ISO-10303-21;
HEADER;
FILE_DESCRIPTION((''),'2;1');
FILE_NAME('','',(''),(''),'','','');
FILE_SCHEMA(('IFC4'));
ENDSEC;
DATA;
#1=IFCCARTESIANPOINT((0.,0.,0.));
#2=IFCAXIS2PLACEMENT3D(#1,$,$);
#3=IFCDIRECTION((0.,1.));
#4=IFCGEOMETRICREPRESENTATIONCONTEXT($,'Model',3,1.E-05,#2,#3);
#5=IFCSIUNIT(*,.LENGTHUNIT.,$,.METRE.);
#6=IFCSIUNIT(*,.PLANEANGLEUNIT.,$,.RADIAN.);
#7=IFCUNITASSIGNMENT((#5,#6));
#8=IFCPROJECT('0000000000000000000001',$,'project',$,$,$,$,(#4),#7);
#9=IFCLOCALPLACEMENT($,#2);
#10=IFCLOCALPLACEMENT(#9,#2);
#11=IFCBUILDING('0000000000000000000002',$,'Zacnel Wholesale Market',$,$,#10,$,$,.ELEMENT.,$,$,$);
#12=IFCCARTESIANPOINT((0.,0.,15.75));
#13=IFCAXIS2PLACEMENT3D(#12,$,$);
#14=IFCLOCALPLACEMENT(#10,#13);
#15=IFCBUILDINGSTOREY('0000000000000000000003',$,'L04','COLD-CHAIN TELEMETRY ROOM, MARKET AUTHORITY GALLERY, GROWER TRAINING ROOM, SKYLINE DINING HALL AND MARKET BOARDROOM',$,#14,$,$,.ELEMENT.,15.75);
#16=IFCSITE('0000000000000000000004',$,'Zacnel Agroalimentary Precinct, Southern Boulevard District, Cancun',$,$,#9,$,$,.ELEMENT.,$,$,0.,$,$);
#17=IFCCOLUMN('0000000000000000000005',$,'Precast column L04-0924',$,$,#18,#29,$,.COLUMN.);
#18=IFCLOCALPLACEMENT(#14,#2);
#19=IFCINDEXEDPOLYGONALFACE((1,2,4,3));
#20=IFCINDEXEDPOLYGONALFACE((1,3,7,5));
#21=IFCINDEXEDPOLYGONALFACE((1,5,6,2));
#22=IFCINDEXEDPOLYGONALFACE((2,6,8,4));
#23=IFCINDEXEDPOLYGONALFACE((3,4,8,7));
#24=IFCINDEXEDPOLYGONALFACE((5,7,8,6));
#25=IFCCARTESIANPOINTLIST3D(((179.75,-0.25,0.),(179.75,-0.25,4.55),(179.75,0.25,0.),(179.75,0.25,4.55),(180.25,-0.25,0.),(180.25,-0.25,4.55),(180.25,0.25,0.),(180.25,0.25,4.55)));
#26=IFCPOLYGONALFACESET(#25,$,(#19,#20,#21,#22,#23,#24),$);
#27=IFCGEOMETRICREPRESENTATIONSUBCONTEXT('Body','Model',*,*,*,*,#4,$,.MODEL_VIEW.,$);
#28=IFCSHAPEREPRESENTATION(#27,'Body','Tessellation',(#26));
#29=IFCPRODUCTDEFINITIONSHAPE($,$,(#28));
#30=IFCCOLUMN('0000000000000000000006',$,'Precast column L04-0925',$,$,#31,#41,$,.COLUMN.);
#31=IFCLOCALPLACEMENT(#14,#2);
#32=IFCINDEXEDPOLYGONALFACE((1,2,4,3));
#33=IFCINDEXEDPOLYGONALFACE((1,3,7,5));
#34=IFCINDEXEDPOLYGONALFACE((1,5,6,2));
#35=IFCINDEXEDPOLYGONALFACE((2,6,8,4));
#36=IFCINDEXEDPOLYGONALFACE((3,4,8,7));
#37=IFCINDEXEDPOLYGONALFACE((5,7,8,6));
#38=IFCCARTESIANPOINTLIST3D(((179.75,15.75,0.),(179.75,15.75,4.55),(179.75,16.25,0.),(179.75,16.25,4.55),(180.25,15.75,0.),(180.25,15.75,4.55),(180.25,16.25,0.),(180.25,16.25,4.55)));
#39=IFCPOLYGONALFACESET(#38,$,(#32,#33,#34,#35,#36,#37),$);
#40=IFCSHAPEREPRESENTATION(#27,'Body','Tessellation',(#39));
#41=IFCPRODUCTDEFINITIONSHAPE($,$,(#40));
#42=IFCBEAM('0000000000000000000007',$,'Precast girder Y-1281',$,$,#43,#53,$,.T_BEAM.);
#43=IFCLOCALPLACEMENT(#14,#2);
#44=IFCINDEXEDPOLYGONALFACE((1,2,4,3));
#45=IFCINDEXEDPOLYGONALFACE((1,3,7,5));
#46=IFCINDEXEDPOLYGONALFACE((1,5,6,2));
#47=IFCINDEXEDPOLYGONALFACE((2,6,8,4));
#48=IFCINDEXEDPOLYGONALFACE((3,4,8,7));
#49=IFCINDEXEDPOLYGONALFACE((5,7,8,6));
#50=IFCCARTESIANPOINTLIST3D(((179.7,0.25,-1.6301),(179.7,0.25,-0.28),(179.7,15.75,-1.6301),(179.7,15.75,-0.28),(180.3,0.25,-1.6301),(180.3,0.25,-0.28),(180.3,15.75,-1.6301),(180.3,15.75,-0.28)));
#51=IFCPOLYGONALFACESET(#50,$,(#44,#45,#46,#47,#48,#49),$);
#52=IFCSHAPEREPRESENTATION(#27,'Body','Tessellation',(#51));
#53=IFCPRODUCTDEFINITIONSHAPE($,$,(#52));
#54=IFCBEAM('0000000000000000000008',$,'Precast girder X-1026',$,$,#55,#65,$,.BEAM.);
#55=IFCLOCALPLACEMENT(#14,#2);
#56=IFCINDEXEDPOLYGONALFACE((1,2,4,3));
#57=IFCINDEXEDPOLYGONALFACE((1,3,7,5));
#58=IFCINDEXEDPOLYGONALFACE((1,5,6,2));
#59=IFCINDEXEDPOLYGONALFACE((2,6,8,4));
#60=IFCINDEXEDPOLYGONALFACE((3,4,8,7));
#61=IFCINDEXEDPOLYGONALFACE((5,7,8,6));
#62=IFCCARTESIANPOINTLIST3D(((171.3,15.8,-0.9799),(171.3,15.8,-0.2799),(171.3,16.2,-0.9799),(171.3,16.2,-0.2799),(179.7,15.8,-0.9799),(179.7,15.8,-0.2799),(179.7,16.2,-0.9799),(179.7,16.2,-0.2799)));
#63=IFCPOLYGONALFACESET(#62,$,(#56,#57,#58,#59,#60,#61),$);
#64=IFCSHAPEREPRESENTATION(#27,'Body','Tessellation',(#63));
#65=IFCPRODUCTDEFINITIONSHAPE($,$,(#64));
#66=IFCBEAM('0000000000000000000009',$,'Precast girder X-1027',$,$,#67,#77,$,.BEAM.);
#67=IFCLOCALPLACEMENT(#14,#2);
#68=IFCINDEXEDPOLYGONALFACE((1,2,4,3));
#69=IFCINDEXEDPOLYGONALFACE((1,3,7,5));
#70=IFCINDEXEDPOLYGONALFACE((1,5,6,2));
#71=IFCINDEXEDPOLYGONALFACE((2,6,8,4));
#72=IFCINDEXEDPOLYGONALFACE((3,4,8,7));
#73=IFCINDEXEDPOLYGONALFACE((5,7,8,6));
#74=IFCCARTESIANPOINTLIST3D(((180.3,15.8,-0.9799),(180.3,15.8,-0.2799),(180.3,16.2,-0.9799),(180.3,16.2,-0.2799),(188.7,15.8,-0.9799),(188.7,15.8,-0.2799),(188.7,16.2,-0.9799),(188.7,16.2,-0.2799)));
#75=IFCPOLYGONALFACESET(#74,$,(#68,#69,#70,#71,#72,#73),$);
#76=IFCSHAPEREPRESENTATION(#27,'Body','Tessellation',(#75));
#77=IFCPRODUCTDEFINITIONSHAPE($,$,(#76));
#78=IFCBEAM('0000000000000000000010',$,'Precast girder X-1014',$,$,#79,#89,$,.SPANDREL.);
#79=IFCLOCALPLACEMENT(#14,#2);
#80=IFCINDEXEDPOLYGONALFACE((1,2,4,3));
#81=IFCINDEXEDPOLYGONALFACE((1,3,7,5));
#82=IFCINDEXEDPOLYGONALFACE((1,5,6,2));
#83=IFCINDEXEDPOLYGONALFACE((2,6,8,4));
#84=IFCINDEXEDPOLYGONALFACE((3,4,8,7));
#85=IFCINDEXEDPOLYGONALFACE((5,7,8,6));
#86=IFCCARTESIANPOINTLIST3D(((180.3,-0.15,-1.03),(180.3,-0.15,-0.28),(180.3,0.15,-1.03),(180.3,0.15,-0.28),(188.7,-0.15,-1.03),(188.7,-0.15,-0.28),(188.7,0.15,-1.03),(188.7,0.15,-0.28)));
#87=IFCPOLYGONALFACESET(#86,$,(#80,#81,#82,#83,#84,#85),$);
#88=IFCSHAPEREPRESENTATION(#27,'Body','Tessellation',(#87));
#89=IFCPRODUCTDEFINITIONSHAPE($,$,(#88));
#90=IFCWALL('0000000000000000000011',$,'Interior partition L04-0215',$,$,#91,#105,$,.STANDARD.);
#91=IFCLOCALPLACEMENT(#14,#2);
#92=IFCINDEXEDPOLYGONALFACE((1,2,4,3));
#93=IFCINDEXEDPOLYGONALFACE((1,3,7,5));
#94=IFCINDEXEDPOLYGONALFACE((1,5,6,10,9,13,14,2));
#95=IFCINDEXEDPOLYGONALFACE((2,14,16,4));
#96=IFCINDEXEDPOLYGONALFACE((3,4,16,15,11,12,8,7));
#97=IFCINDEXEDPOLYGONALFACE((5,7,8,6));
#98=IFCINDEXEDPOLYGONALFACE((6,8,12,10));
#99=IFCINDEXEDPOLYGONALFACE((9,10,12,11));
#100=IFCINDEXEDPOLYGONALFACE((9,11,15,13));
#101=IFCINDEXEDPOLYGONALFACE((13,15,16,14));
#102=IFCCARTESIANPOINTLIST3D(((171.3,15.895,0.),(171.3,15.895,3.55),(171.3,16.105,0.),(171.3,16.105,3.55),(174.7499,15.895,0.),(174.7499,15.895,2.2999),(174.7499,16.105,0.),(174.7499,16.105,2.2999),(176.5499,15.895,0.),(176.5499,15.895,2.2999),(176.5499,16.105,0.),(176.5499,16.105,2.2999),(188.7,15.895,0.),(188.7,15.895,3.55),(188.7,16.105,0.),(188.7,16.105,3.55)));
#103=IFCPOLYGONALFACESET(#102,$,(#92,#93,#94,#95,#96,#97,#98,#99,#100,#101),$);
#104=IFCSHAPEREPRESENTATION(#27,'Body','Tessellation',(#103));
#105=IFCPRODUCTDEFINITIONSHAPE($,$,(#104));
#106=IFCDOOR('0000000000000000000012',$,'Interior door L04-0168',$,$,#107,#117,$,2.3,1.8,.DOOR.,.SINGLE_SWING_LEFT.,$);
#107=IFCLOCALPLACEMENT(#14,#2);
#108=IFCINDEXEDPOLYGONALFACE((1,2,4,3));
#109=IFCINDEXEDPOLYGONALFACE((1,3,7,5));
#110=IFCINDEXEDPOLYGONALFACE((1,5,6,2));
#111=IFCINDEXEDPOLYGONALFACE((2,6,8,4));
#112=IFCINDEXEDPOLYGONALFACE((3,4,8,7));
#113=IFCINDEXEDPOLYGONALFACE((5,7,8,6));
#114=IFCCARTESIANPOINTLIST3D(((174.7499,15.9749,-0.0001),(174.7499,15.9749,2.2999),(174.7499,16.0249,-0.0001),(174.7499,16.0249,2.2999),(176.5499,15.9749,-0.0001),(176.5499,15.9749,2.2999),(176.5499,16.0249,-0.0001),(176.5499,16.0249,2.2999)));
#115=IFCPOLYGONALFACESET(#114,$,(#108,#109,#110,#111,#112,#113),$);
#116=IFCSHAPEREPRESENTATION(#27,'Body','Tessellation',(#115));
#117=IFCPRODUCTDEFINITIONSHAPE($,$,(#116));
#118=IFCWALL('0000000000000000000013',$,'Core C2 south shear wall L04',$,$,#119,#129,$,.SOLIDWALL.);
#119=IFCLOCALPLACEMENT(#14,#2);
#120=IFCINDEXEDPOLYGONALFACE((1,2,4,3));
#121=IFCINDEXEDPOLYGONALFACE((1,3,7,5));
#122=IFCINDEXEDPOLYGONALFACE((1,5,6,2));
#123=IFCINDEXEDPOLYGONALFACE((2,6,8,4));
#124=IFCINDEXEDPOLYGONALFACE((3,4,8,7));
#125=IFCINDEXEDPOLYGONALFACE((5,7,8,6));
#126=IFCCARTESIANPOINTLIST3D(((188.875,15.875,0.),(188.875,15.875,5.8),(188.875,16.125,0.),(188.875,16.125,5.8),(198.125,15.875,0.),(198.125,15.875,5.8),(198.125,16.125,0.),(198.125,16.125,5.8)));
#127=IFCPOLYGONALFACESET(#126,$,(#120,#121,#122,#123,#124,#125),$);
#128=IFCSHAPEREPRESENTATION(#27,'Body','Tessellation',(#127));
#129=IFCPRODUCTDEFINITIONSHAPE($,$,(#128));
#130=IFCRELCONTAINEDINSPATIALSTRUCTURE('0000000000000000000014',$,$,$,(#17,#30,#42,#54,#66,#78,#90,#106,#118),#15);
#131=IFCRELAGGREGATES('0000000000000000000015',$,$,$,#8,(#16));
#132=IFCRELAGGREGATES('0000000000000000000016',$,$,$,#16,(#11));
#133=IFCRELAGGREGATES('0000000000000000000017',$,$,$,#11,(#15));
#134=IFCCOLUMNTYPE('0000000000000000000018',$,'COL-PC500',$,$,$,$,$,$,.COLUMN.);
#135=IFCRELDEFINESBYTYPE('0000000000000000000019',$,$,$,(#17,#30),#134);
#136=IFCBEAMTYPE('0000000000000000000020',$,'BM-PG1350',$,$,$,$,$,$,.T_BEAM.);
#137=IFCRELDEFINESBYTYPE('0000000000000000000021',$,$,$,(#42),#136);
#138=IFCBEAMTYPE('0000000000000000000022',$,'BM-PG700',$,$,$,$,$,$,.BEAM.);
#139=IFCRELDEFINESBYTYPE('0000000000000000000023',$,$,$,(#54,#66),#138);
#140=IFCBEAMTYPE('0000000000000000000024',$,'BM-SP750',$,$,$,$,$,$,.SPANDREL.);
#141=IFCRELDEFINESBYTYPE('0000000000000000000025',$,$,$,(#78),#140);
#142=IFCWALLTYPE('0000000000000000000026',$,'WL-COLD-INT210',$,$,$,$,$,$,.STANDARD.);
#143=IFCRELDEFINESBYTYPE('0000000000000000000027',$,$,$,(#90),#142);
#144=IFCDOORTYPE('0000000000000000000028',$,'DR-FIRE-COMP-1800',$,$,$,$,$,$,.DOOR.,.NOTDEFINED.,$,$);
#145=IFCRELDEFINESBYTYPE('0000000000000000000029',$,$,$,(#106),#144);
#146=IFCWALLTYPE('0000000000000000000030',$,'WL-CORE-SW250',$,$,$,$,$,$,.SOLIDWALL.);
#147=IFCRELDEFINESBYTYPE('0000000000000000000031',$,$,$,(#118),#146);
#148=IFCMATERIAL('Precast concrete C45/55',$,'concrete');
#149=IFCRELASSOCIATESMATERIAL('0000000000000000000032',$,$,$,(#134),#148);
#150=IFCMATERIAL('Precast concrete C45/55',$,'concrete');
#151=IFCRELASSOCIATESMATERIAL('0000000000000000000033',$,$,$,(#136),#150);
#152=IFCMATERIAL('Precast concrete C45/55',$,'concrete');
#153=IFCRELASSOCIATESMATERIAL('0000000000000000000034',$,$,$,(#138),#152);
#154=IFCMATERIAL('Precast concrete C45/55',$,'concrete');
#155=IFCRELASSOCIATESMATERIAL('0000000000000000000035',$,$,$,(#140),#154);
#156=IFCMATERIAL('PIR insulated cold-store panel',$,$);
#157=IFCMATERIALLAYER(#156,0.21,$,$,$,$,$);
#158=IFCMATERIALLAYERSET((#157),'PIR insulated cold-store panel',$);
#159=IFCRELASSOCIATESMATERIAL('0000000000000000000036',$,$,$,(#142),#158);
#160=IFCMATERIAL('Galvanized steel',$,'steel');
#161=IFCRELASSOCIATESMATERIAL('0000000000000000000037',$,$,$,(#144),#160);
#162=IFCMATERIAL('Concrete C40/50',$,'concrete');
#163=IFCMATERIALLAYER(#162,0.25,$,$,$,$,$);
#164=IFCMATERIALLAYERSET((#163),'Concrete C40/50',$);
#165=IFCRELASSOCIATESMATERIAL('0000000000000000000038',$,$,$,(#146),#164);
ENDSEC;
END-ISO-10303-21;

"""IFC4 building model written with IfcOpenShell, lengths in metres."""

from ifc_helpers import new_model, si_unit, direction, frame, frame_2d, origin, origin_2d, place, context, subcontext, project, spatial, rectangle, extrude, material, layer, layer_set, material_profile, profile_set, type_object, element, fill, save


model = new_model("IFC4")

# Units and contexts
model_context = context("Model", 3, precision=1e-05, world=origin(), true_north=direction((0.0, 1.0)))
body_context = subcontext(model_context, "Body", "Model", "MODEL_VIEW")
ifc_project = project(units=[si_unit("LENGTHUNIT", "METRE"), si_unit("PLANEANGLEUNIT", "RADIAN")], contexts=[model_context])

# Site, building, storey
site_placement = place(None, origin())
site = spatial("IfcSite", under=ifc_project, at=site_placement, Name="Zacnel Agroalimentary Precinct, Southern Boulevard District, Cancun", CompositionType="ELEMENT", RefElevation=0.0)
building_placement = place(site_placement, origin())
building = spatial("IfcBuilding", under=site, at=building_placement, Name="Zacnel Wholesale Market", CompositionType="ELEMENT")
storey_placement = place(building_placement, frame((0.0, 0.0, 15.75)))
storey = spatial("IfcBuildingStorey", under=building, at=storey_placement, Name="L04", Description="COLD-CHAIN TELEMETRY ROOM, MARKET AUTHORITY GALLERY, GROWER TRAINING ROOM, SKYLINE DINING HALL AND MARKET BOARDROOM", CompositionType="ELEMENT", Elevation=15.75)

# Columns
ifc_material_1 = material(Name="Precast concrete C45/55", Category="concrete")
ifc_material_profile_1 = material_profile(ifc_material_1, rectangle(XDim=0.5, YDim=0.5, at=origin_2d()), Name="PC 500x500")
ifc_profile_set_1 = profile_set([ifc_material_profile_1], Name="Precast concrete C45/55")
column_type = type_object("IfcColumnType", Name="COL-PC500", PredefinedType="COLUMN", material=ifc_profile_set_1)
for number, where, z_axis, x_axis, name in (
    (1, (180.0, 0.0, 0.0), (0.0, 0.0, 1.0), (1.0, 0.0, 0.0), "Precast column L04-0924"),
    (2, (180.0, 16.0, 0.0), (0.0, 0.0, 1.0), (1.0, 0.0, 0.0), "Precast column L04-0925"),
):
    element("IfcColumn", number, at=place(storey_placement, frame(where, z_axis=z_axis, x_axis=x_axis)), inside=storey, type_object=column_type, Name=name, PredefinedType="COLUMN", context=body_context, shape_type="SweptSolid", body=[
        extrude(rectangle(XDim=0.5, YDim=0.5, at=origin_2d()), origin(), (0.0, 0.0, 1.0), 4.55),
    ])

# Beams
ifc_material_2 = material(Name="Precast concrete C45/55", Category="concrete")
ifc_material_profile_2 = material_profile(ifc_material_2, rectangle(XDim=0.6001, YDim=1.3501, at=origin_2d()), Name="PG 600x1350")
ifc_profile_set_2 = profile_set([ifc_material_profile_2], Name="Precast concrete C45/55")
beam_type_1 = type_object("IfcBeamType", Name="BM-PG1350", PredefinedType="T_BEAM", material=ifc_profile_set_2)
beam_1_placement = place(storey_placement, frame((180.0, 0.25, -0.9551), z_axis=(0.0, 1.0, 0.0), x_axis=(-1.0, 0.0, 0.0)))
element("IfcBeam", 3, at=beam_1_placement, inside=storey, type_object=beam_type_1, Name="Precast girder Y-1281", PredefinedType="T_BEAM", context=body_context, shape_type="SweptSolid", body=[
    extrude(rectangle(XDim=0.6001, YDim=1.3501, at=origin_2d()), origin(), (0.0, 0.0, 1.0), 15.5),
])
ifc_material_3 = material(Name="Precast concrete C45/55", Category="concrete")
ifc_material_profile_3 = material_profile(ifc_material_3, rectangle(XDim=0.3999, YDim=0.7, at=origin_2d()), Name="PG 400x700")
ifc_profile_set_3 = profile_set([ifc_material_profile_3], Name="Precast concrete C45/55")
beam_type_2 = type_object("IfcBeamType", Name="BM-PG700", PredefinedType="BEAM", material=ifc_profile_set_3)
for number, where, z_axis, x_axis, name in (
    (4, (171.3, 16.0, -0.6299), (1.0, 0.0, 0.0), (0.0, 1.0, 0.0), "Precast girder X-1026"),
    (5, (180.3, 16.0, -0.6299), (1.0, 0.0, 0.0), (0.0, 1.0, 0.0), "Precast girder X-1027"),
):
    element("IfcBeam", number, at=place(storey_placement, frame(where, z_axis=z_axis, x_axis=x_axis)), inside=storey, type_object=beam_type_2, Name=name, PredefinedType="BEAM", context=body_context, shape_type="SweptSolid", body=[
        extrude(rectangle(XDim=0.3999, YDim=0.7, at=origin_2d()), origin(), (0.0, 0.0, 1.0), 8.3999),
    ])
ifc_material_4 = material(Name="Precast concrete C45/55", Category="concrete")
ifc_material_profile_4 = material_profile(ifc_material_4, rectangle(XDim=0.3, YDim=0.75, at=origin_2d()), Name="SP 300x750")
ifc_profile_set_4 = profile_set([ifc_material_profile_4], Name="Precast concrete C45/55")
beam_type_3 = type_object("IfcBeamType", Name="BM-SP750", PredefinedType="SPANDREL", material=ifc_profile_set_4)
beam_2_placement = place(storey_placement, frame((180.3, 0.0, -0.655), z_axis=(1.0, 0.0, 0.0), x_axis=(0.0, 1.0, 0.0)))
element("IfcBeam", 6, at=beam_2_placement, inside=storey, type_object=beam_type_3, Name="Precast girder X-1014", PredefinedType="SPANDREL", context=body_context, shape_type="SweptSolid", body=[
    extrude(rectangle(XDim=0.3, YDim=0.75, at=origin_2d()), origin(), (0.0, 0.0, 1.0), 8.3999),
])

# Wall, opening, door
ifc_material_5 = material(Name="PIR insulated cold-store panel")
ifc_layer_1 = layer(ifc_material_5, 0.21)
ifc_layer_set_1 = layer_set([ifc_layer_1], Name="PIR insulated cold-store panel")
wall_type_1 = type_object("IfcWallType", Name="WL-COLD-INT210", PredefinedType="STANDARD", material=ifc_layer_set_1)
wall_1_placement = place(storey_placement, frame((171.3, 16.0, 0.0), z_axis=(0.0, 0.0, 1.0), x_axis=(1.0, 0.0, 0.0)))
wall_1 = element("IfcWall", 7, at=wall_1_placement, inside=storey, type_object=wall_type_1, Name="Interior partition L04-0215", PredefinedType="STANDARD", context=body_context, shape_type="SweptSolid", body=[
    extrude(rectangle(XDim=17.3999, YDim=0.21, at=frame_2d((8.7, 0.0))), origin(), (0.0, 0.0, 1.0), 3.55),
])
opening_1_placement = place(wall_1_placement, frame((3.45, 0.0, 0.0)))
opening_1 = element("IfcOpeningElement", 8, at=opening_1_placement, cuts=wall_1, PredefinedType="OPENING", context=body_context, shape_type="SweptSolid", body=[
    extrude(rectangle(XDim=1.8, YDim=2.3, at=frame_2d((0.8999, 1.1499))), frame((0.0, 0.115, 0.0), z_axis=(0.0, -1.0, 0.0), x_axis=(1.0, 0.0, 0.0)), (0.0, 0.0, 1.0), 0.23),
])
ifc_material_6 = material(Name="Galvanized steel", Category="steel")
door_type = type_object("IfcDoorType", Name="DR-FIRE-COMP-1800", OperationType="NOTDEFINED", PredefinedType="DOOR", material=ifc_material_6)
door_placement = place(opening_1_placement, origin())
door = element("IfcDoor", 9, at=door_placement, inside=storey, type_object=door_type, Name="Interior door L04-0168", OperationType="SINGLE_SWING_LEFT", OverallHeight=2.3, OverallWidth=1.8, PredefinedType="DOOR", context=body_context, shape_type="SweptSolid", body=[
    extrude(rectangle(XDim=1.8, YDim=2.3, at=frame_2d((0.8999, 1.1499))), frame((0.0, 0.0249, 0.0), z_axis=(0.0, -1.0, 0.0), x_axis=(1.0, 0.0, 0.0)), (0.0, 0.0, 1.0), 0.05),
])
fill(opening_1, door)

# Wall
ifc_material_7 = material(Name="Concrete C40/50", Category="concrete")
ifc_layer_2 = layer(ifc_material_7, 0.25)
ifc_layer_set_2 = layer_set([ifc_layer_2], Name="Concrete C40/50")
wall_type_2 = type_object("IfcWallType", Name="WL-CORE-SW250", PredefinedType="SOLIDWALL", material=ifc_layer_set_2)
wall_2_placement = place(storey_placement, frame((188.875, 16.0, 0.0), z_axis=(0.0, 0.0, 1.0), x_axis=(1.0, 0.0, 0.0)))
element("IfcWall", 10, at=wall_2_placement, inside=storey, type_object=wall_type_2, Name="Core C2 south shear wall L04", PredefinedType="SOLIDWALL", context=body_context, shape_type="SweptSolid", body=[
    extrude(rectangle(XDim=9.25, YDim=0.25, at=frame_2d((4.625, 0.0))), origin(), (0.0, 0.0, 1.0), 5.8),
])

save(model, "model.ifc")
